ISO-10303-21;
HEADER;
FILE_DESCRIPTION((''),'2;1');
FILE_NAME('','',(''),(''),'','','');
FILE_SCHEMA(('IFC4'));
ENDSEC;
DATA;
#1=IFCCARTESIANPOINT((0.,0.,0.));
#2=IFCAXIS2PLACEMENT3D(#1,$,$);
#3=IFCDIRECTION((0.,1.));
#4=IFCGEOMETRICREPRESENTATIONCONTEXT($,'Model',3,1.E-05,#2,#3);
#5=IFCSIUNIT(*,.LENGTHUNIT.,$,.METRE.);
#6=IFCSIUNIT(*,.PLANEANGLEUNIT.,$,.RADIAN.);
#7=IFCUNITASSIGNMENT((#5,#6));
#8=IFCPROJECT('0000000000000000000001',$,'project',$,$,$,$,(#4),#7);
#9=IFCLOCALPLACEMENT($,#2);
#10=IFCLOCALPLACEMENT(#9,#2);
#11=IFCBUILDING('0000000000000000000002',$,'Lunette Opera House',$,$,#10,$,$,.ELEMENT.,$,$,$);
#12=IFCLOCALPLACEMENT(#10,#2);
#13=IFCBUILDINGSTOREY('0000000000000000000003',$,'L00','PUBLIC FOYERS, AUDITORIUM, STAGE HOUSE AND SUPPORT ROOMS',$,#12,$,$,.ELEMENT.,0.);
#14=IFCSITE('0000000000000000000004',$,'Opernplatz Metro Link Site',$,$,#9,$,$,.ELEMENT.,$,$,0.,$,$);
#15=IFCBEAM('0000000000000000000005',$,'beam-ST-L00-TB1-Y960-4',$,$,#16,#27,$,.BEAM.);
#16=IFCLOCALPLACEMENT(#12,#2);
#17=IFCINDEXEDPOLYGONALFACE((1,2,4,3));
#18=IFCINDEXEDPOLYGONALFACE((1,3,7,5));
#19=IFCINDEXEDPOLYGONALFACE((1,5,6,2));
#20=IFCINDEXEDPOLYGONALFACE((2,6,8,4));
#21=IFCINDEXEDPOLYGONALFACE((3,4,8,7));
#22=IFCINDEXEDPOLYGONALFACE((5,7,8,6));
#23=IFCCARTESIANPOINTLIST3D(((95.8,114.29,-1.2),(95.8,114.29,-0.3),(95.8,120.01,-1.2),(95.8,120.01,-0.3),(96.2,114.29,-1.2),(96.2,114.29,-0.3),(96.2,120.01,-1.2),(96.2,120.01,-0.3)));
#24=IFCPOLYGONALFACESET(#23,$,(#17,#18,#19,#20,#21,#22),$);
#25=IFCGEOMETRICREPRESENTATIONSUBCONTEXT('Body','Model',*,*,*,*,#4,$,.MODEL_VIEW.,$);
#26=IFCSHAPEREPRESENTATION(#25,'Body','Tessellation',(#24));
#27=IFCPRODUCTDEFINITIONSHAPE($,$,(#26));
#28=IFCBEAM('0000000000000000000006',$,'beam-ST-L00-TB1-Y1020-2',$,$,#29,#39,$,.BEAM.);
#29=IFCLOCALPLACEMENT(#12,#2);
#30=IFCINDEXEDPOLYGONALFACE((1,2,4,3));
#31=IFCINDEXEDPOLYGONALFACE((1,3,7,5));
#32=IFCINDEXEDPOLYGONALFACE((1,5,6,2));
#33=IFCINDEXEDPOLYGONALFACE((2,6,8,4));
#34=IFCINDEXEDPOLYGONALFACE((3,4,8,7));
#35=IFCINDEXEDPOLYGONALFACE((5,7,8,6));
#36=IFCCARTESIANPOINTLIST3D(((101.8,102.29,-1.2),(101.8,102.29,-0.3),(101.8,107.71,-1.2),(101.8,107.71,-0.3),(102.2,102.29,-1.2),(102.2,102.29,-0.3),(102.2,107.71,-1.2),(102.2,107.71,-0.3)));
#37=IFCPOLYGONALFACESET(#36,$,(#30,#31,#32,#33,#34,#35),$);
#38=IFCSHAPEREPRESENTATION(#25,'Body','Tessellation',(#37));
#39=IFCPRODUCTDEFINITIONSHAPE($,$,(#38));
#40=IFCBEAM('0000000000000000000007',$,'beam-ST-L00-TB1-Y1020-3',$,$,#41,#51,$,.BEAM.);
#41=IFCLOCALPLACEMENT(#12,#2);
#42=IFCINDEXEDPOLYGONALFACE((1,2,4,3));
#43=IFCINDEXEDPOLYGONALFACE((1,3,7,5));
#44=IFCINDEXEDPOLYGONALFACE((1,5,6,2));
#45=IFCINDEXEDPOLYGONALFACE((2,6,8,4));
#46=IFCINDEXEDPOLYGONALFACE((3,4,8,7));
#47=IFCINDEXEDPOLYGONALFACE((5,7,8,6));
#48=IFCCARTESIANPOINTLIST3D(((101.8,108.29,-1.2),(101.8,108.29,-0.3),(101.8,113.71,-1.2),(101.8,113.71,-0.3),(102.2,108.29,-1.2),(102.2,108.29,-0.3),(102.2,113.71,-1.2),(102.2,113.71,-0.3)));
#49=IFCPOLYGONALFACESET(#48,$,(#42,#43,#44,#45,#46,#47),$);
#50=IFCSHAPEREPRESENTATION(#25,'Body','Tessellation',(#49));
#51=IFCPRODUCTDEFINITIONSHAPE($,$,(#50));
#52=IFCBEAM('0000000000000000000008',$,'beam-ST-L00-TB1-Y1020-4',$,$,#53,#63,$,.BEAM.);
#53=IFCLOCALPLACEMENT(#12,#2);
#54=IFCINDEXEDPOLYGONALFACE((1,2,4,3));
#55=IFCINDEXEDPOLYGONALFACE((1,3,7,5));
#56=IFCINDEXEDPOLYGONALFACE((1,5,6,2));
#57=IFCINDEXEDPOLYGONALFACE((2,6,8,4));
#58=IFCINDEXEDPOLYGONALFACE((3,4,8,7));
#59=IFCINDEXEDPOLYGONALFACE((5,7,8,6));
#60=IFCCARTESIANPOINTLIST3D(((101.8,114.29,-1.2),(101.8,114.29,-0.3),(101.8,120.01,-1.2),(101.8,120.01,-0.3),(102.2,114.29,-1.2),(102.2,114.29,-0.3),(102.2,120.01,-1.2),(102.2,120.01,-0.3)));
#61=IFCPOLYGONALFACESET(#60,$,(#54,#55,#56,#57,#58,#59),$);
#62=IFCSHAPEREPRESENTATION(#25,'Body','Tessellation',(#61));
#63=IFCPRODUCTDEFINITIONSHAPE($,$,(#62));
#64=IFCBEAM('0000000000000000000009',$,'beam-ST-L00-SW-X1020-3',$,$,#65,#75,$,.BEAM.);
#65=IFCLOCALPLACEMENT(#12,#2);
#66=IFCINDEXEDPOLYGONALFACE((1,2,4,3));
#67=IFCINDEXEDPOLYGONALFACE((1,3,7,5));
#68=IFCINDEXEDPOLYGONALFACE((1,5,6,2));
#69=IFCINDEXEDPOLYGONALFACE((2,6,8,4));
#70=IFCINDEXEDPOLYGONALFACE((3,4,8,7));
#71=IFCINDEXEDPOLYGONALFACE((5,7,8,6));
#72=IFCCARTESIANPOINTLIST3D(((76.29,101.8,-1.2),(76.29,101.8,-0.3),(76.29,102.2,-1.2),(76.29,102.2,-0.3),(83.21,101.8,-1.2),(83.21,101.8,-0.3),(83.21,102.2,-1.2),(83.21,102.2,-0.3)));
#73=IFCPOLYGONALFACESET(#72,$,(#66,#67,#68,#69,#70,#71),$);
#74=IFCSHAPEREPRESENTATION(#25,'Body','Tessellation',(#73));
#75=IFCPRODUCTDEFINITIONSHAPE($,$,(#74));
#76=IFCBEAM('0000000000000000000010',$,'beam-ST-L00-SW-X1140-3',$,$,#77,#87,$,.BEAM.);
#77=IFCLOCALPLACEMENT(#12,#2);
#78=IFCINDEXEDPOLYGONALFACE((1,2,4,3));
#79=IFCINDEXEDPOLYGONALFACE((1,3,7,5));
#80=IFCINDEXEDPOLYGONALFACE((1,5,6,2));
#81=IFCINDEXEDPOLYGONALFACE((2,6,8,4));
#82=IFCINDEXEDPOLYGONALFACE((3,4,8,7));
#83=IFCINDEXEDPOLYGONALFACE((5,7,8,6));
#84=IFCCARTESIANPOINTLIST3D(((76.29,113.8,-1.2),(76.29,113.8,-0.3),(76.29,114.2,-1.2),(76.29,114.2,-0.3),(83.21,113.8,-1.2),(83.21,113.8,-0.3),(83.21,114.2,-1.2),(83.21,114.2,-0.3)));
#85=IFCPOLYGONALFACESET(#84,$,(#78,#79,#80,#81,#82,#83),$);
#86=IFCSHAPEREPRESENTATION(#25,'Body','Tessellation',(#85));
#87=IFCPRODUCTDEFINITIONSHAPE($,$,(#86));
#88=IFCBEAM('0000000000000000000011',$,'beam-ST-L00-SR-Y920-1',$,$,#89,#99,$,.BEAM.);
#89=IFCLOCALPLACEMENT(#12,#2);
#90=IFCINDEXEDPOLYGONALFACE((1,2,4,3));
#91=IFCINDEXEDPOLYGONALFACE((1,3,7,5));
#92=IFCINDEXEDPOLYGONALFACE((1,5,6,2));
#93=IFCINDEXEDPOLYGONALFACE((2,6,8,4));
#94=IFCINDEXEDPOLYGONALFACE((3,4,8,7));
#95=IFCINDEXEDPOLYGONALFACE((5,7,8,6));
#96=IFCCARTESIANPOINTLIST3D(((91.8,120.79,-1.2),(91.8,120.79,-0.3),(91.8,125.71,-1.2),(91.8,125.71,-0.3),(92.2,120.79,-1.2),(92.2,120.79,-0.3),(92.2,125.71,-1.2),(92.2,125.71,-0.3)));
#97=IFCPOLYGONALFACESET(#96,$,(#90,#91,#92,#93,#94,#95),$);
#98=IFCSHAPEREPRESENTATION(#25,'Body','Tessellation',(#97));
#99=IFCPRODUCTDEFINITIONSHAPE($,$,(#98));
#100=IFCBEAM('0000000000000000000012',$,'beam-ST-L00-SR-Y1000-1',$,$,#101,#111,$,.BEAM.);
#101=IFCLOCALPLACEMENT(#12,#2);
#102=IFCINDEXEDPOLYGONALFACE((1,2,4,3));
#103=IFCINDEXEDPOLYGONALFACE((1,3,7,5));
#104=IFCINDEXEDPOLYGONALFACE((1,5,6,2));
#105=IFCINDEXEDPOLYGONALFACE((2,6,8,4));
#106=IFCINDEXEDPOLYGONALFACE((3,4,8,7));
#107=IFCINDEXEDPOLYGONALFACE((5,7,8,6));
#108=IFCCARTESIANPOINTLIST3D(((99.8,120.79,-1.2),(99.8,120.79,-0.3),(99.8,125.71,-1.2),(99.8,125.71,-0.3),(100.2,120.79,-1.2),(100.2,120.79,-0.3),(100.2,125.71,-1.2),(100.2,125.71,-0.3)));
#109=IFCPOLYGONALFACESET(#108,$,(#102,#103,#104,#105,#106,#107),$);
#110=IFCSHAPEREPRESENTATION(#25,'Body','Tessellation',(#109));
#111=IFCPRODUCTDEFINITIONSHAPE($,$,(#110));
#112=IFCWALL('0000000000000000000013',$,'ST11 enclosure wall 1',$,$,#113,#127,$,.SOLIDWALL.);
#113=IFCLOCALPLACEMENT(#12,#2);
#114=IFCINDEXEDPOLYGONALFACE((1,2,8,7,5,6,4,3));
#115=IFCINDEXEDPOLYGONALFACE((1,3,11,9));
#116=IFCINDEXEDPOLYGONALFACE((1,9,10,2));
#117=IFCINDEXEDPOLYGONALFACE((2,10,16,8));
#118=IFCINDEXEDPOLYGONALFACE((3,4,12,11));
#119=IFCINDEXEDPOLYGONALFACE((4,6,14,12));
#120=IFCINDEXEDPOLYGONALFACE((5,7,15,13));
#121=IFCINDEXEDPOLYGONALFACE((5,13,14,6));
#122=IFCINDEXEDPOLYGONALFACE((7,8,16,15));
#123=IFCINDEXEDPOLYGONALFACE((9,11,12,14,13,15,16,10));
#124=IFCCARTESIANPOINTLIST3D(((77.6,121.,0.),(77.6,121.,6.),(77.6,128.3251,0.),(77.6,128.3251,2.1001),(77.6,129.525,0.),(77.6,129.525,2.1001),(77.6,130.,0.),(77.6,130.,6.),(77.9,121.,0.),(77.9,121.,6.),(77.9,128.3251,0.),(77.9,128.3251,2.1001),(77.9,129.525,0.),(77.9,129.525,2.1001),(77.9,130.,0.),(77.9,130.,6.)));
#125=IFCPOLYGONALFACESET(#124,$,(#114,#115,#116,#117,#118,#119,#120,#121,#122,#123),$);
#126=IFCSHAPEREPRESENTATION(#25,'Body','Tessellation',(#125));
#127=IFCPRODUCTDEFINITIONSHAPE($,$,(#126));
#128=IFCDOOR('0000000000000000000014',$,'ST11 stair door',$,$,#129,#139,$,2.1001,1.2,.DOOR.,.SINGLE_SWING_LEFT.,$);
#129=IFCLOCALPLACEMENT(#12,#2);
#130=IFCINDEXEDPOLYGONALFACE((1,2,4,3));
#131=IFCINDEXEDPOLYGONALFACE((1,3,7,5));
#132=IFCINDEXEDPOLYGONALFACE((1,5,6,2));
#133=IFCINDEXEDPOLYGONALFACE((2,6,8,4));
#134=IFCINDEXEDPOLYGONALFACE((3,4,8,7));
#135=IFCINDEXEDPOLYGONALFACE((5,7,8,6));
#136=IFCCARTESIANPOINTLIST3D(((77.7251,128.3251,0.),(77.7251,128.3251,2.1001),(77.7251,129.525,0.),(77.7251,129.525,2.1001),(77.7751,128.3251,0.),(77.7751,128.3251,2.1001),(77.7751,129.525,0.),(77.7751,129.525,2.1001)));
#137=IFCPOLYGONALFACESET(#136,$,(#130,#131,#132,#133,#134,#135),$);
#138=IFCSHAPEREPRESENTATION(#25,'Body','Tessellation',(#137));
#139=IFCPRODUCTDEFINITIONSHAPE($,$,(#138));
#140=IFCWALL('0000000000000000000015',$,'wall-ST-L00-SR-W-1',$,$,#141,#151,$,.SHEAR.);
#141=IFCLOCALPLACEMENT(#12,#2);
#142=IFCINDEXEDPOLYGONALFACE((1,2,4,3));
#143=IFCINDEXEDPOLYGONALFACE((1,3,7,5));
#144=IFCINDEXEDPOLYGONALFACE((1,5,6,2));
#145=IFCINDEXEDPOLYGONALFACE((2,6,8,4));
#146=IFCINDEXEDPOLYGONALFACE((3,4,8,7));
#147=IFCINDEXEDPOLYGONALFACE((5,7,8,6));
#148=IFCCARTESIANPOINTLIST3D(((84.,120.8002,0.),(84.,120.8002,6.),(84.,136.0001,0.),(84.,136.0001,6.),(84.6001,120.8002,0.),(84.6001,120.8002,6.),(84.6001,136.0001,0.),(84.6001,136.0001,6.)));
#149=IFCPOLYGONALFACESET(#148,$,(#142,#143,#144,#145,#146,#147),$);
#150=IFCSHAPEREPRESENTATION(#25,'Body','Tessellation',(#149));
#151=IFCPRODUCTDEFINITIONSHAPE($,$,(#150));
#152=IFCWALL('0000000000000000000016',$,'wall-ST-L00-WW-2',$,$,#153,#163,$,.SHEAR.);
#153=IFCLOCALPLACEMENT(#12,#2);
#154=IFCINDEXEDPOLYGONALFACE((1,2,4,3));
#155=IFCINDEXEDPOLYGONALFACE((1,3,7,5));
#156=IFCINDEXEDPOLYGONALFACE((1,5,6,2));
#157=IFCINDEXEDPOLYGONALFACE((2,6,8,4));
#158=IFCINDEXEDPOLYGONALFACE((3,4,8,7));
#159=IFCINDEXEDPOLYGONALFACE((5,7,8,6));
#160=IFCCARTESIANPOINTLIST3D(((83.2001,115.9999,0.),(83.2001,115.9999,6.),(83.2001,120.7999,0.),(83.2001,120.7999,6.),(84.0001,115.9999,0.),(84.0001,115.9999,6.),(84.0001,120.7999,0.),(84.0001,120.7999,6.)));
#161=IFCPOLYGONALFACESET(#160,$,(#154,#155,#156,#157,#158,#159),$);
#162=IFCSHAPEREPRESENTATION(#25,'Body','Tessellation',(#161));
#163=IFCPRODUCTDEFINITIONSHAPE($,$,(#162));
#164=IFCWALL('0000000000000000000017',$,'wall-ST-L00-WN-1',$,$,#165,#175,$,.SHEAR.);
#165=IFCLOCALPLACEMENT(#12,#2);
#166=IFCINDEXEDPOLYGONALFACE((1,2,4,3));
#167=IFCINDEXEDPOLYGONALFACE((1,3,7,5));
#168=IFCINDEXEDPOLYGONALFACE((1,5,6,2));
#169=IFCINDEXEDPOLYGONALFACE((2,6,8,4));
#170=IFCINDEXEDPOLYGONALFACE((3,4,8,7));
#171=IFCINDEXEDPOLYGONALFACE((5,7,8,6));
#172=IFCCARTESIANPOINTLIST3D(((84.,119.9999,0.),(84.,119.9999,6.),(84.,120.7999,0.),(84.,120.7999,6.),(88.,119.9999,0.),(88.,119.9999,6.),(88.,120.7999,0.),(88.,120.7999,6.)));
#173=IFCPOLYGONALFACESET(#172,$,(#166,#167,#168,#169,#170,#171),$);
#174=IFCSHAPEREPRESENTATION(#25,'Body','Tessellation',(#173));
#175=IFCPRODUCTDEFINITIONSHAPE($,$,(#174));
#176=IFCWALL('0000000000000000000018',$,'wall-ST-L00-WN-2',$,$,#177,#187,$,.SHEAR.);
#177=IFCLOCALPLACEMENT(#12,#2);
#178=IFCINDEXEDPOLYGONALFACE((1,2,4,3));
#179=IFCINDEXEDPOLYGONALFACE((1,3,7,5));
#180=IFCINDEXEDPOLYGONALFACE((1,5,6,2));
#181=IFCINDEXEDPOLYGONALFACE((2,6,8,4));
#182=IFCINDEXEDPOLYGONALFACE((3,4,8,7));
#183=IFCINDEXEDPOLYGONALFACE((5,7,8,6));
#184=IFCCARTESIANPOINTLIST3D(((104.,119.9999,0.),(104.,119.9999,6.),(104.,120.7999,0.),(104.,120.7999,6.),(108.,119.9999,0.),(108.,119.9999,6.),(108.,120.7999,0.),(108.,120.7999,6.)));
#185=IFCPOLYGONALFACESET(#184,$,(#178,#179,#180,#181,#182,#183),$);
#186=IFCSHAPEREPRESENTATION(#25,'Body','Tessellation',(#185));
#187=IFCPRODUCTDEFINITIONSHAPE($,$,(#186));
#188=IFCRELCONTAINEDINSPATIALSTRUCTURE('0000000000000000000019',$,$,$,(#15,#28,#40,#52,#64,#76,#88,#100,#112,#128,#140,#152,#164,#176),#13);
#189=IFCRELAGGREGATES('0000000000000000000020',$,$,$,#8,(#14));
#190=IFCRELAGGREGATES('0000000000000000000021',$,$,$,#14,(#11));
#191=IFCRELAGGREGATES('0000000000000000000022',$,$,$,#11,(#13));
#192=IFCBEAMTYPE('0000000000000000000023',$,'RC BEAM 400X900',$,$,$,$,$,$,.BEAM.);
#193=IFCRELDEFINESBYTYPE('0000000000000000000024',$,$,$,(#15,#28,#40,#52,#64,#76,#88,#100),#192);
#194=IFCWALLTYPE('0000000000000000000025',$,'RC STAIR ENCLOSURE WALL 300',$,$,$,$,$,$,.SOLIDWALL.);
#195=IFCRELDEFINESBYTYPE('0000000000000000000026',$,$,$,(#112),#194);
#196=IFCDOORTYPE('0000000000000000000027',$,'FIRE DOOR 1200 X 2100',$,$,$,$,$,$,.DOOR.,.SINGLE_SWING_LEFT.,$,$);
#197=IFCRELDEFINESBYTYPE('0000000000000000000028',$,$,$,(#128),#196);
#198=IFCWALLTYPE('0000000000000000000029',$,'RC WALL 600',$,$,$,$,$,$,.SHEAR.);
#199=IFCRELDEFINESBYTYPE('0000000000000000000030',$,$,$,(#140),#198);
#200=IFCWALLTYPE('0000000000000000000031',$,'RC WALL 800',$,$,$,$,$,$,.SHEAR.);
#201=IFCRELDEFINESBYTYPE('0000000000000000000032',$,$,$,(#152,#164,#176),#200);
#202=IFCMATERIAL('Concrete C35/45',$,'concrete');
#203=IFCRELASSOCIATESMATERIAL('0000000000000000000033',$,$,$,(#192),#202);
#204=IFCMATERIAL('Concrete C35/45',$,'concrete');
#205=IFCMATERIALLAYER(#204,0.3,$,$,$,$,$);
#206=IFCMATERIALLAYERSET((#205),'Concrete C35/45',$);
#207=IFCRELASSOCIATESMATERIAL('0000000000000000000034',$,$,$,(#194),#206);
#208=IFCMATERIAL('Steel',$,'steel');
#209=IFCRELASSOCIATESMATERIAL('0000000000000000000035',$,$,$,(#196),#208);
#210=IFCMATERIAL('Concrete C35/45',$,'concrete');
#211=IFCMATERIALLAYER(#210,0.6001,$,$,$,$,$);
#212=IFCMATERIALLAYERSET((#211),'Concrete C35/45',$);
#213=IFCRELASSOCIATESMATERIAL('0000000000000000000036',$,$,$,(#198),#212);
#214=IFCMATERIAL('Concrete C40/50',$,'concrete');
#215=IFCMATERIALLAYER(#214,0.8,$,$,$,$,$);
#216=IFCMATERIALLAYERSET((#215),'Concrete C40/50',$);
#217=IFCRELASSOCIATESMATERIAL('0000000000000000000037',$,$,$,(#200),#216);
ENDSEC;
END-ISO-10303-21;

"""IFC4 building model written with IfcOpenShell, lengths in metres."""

from ifc_helpers import new_model, si_unit, direction, frame, frame_2d, origin, origin_2d, place, context, subcontext, project, spatial, rectangle, extrude, material, layer, layer_set, material_profile, profile_set, type_object, element, fill, save


model = new_model("IFC4")

# Units and contexts
model_context = context("Model", 3, precision=1e-05, world=origin(), true_north=direction((0.0, 1.0)))
body_context = subcontext(model_context, "Body", "Model", "MODEL_VIEW")
ifc_project = project(units=[si_unit("LENGTHUNIT", "METRE"), si_unit("PLANEANGLEUNIT", "RADIAN")], contexts=[model_context])

# Site, building, storey
site_placement = place(None, origin())
site = spatial("IfcSite", under=ifc_project, at=site_placement, Name="Opernplatz Metro Link Site", CompositionType="ELEMENT", RefElevation=0.0)
building_placement = place(site_placement, origin())
building = spatial("IfcBuilding", under=site, at=building_placement, Name="Lunette Opera House", CompositionType="ELEMENT")
storey_placement = place(building_placement, origin())
storey = spatial("IfcBuildingStorey", under=building, at=storey_placement, Name="L00", Description="PUBLIC FOYERS, AUDITORIUM, STAGE HOUSE AND SUPPORT ROOMS", CompositionType="ELEMENT", Elevation=0.0)

# Beams
ifc_material_1 = material(Name="Concrete C35/45", Category="concrete")
ifc_material_profile = material_profile(ifc_material_1, rectangle(XDim=0.3999, YDim=0.8999, at=origin_2d()), Name="RC BEAM 400X900")
ifc_profile_set = profile_set([ifc_material_profile], Name="Concrete C35/45")
beam_type = type_object("IfcBeamType", Name="RC BEAM 400X900", PredefinedType="BEAM", material=ifc_profile_set)
beam_1_placement = place(storey_placement, frame((96.0, 114.29, -0.75), z_axis=(0.0, 1.0, 0.0), x_axis=(-1.0, 0.0, 0.0)))
element("IfcBeam", 1, at=beam_1_placement, inside=storey, type_object=beam_type, Name="beam-ST-L00-TB1-Y960-4", PredefinedType="BEAM", context=body_context, shape_type="SweptSolid", body=[
    extrude(rectangle(XDim=0.3999, YDim=0.8999, at=origin_2d()), origin(), (0.0, 0.0, 1.0), 5.72),
])
for number, where, z_axis, x_axis, name in (
    (2, (102.0, 102.29, -0.75), (0.0, 1.0, 0.0), (-1.0, 0.0, 0.0), "beam-ST-L00-TB1-Y1020-2"),
    (3, (102.0, 108.29, -0.75), (0.0, 1.0, 0.0), (-1.0, 0.0, 0.0), "beam-ST-L00-TB1-Y1020-3"),
):
    element("IfcBeam", number, at=place(storey_placement, frame(where, z_axis=z_axis, x_axis=x_axis)), inside=storey, type_object=beam_type, Name=name, PredefinedType="BEAM", context=body_context, shape_type="SweptSolid", body=[
        extrude(rectangle(XDim=0.3999, YDim=0.8999, at=origin_2d()), origin(), (0.0, 0.0, 1.0), 5.4199),
    ])
beam_2_placement = place(storey_placement, frame((102.0, 114.29, -0.75), z_axis=(0.0, 1.0, 0.0), x_axis=(-1.0, 0.0, 0.0)))
element("IfcBeam", 4, at=beam_2_placement, inside=storey, type_object=beam_type, Name="beam-ST-L00-TB1-Y1020-4", PredefinedType="BEAM", context=body_context, shape_type="SweptSolid", body=[
    extrude(rectangle(XDim=0.3999, YDim=0.8999, at=origin_2d()), origin(), (0.0, 0.0, 1.0), 5.72),
])
for number, where, z_axis, x_axis, name in (
    (5, (76.29, 102.0, -0.75), (1.0, 0.0, 0.0), (0.0, 1.0, 0.0), "beam-ST-L00-SW-X1020-3"),
    (6, (76.29, 114.0, -0.75), (1.0, 0.0, 0.0), (0.0, 1.0, 0.0), "beam-ST-L00-SW-X1140-3"),
):
    element("IfcBeam", number, at=place(storey_placement, frame(where, z_axis=z_axis, x_axis=x_axis)), inside=storey, type_object=beam_type, Name=name, PredefinedType="BEAM", context=body_context, shape_type="SweptSolid", body=[
        extrude(rectangle(XDim=0.3999, YDim=0.8999, at=origin_2d()), origin(), (0.0, 0.0, 1.0), 6.9199),
    ])
for number, where, z_axis, x_axis, name in (
    (7, (92.0, 120.79, -0.75), (0.0, 1.0, 0.0), (-1.0, 0.0, 0.0), "beam-ST-L00-SR-Y920-1"),
    (8, (100.0, 120.79, -0.75), (0.0, 1.0, 0.0), (-1.0, 0.0, 0.0), "beam-ST-L00-SR-Y1000-1"),
):
    element("IfcBeam", number, at=place(storey_placement, frame(where, z_axis=z_axis, x_axis=x_axis)), inside=storey, type_object=beam_type, Name=name, PredefinedType="BEAM", context=body_context, shape_type="SweptSolid", body=[
        extrude(rectangle(XDim=0.3999, YDim=0.8999, at=origin_2d()), origin(), (0.0, 0.0, 1.0), 4.9199),
    ])

# Wall, opening, door
ifc_material_2 = material(Name="Concrete C35/45", Category="concrete")
ifc_layer_1 = layer(ifc_material_2, 0.3)
ifc_layer_set_1 = layer_set([ifc_layer_1], Name="Concrete C35/45")
wall_type_1 = type_object("IfcWallType", Name="RC STAIR ENCLOSURE WALL 300", PredefinedType="SOLIDWALL", material=ifc_layer_set_1)
wall_1_placement = place(storey_placement, frame((77.75, 121.0, 0.0), z_axis=(0.0, 0.0, 1.0), x_axis=(0.0, 1.0, 0.0)))
wall_1 = element("IfcWall", 9, at=wall_1_placement, inside=storey, type_object=wall_type_1, Name="ST11 enclosure wall 1", PredefinedType="SOLIDWALL", context=body_context, shape_type="SweptSolid", body=[
    extrude(rectangle(XDim=9.0, YDim=0.3, at=frame_2d((4.5, 0.0))), origin(), (0.0, 0.0, 1.0), 6.0),
])
opening_placement = place(wall_1_placement, frame((7.325, 0.0, 0.0)))
opening = element("IfcOpeningElement", 10, at=opening_placement, cuts=wall_1, PredefinedType="OPENING", context=body_context, shape_type="SweptSolid", body=[
    extrude(rectangle(XDim=1.2, YDim=2.1001, at=frame_2d((0.6001, 1.05))), frame((0.0, 0.1621, 0.0), z_axis=(0.0, -1.0, 0.0), x_axis=(1.0, 0.0, 0.0)), (0.0, 0.0, 1.0), 0.324),
])
ifc_material_3 = material(Name="Steel", Category="steel")
door_type = type_object("IfcDoorType", Name="FIRE DOOR 1200 X 2100", OperationType="SINGLE_SWING_LEFT", PredefinedType="DOOR", material=ifc_material_3)
door_placement = place(opening_placement, origin())
door = element("IfcDoor", 11, at=door_placement, inside=storey, type_object=door_type, Name="ST11 stair door", OperationType="SINGLE_SWING_LEFT", OverallHeight=2.1001, OverallWidth=1.2, PredefinedType="DOOR", context=body_context, shape_type="SweptSolid", body=[
    extrude(rectangle(XDim=1.2, YDim=2.1001, at=frame_2d((0.6001, 1.05))), frame((0.0, 0.0249, 0.0), z_axis=(0.0, -1.0, 0.0), x_axis=(1.0, 0.0, 0.0)), (0.0, 0.0, 1.0), 0.05),
])
fill(opening, door)

# Walls
ifc_material_4 = material(Name="Concrete C35/45", Category="concrete")
ifc_layer_2 = layer(ifc_material_4, 0.6001)
ifc_layer_set_2 = layer_set([ifc_layer_2], Name="Concrete C35/45")
wall_type_2 = type_object("IfcWallType", Name="RC WALL 600", PredefinedType="SHEAR", material=ifc_layer_set_2)
wall_2_placement = place(storey_placement, frame((84.3, 120.8, 0.0), z_axis=(0.0, 0.0, 1.0), x_axis=(0.0, 1.0, 0.0)))
element("IfcWall", 12, at=wall_2_placement, inside=storey, type_object=wall_type_2, Name="wall-ST-L00-SR-W-1", PredefinedType="SHEAR", context=body_context, shape_type="SweptSolid", body=[
    extrude(rectangle(XDim=15.2, YDim=0.6001, at=frame_2d((7.6001, 0.0))), origin(), (0.0, 0.0, 1.0), 6.0),
])
ifc_material_5 = material(Name="Concrete C40/50", Category="concrete")
ifc_layer_3 = layer(ifc_material_5, 0.8)
ifc_layer_set_3 = layer_set([ifc_layer_3], Name="Concrete C40/50")
wall_type_3 = type_object("IfcWallType", Name="RC WALL 800", PredefinedType="SHEAR", material=ifc_layer_set_3)
wall_3_placement = place(storey_placement, frame((83.6001, 116.0, 0.0), z_axis=(0.0, 0.0, 1.0), x_axis=(0.0, 1.0, 0.0)))
element("IfcWall", 13, at=wall_3_placement, inside=storey, type_object=wall_type_3, Name="wall-ST-L00-WW-2", PredefinedType="SHEAR", context=body_context, shape_type="SweptSolid", body=[
    extrude(rectangle(XDim=4.8, YDim=0.8, at=frame_2d((2.3999, 0.0))), origin(), (0.0, 0.0, 1.0), 6.0),
])
for number, where, z_axis, x_axis, name in (
    (14, (84.0, 120.3999, 0.0), (0.0, 0.0, 1.0), (1.0, 0.0, 0.0), "wall-ST-L00-WN-1"),
    (15, (104.0, 120.3999, 0.0), (0.0, 0.0, 1.0), (1.0, 0.0, 0.0), "wall-ST-L00-WN-2"),
):
    element("IfcWall", number, at=place(storey_placement, frame(where, z_axis=z_axis, x_axis=x_axis)), inside=storey, type_object=wall_type_3, Name=name, PredefinedType="SHEAR", context=body_context, shape_type="SweptSolid", body=[
        extrude(rectangle(XDim=4.0, YDim=0.8, at=frame_2d((2.0, 0.0))), origin(), (0.0, 0.0, 1.0), 6.0),
    ])

save(model, "model.ifc")
